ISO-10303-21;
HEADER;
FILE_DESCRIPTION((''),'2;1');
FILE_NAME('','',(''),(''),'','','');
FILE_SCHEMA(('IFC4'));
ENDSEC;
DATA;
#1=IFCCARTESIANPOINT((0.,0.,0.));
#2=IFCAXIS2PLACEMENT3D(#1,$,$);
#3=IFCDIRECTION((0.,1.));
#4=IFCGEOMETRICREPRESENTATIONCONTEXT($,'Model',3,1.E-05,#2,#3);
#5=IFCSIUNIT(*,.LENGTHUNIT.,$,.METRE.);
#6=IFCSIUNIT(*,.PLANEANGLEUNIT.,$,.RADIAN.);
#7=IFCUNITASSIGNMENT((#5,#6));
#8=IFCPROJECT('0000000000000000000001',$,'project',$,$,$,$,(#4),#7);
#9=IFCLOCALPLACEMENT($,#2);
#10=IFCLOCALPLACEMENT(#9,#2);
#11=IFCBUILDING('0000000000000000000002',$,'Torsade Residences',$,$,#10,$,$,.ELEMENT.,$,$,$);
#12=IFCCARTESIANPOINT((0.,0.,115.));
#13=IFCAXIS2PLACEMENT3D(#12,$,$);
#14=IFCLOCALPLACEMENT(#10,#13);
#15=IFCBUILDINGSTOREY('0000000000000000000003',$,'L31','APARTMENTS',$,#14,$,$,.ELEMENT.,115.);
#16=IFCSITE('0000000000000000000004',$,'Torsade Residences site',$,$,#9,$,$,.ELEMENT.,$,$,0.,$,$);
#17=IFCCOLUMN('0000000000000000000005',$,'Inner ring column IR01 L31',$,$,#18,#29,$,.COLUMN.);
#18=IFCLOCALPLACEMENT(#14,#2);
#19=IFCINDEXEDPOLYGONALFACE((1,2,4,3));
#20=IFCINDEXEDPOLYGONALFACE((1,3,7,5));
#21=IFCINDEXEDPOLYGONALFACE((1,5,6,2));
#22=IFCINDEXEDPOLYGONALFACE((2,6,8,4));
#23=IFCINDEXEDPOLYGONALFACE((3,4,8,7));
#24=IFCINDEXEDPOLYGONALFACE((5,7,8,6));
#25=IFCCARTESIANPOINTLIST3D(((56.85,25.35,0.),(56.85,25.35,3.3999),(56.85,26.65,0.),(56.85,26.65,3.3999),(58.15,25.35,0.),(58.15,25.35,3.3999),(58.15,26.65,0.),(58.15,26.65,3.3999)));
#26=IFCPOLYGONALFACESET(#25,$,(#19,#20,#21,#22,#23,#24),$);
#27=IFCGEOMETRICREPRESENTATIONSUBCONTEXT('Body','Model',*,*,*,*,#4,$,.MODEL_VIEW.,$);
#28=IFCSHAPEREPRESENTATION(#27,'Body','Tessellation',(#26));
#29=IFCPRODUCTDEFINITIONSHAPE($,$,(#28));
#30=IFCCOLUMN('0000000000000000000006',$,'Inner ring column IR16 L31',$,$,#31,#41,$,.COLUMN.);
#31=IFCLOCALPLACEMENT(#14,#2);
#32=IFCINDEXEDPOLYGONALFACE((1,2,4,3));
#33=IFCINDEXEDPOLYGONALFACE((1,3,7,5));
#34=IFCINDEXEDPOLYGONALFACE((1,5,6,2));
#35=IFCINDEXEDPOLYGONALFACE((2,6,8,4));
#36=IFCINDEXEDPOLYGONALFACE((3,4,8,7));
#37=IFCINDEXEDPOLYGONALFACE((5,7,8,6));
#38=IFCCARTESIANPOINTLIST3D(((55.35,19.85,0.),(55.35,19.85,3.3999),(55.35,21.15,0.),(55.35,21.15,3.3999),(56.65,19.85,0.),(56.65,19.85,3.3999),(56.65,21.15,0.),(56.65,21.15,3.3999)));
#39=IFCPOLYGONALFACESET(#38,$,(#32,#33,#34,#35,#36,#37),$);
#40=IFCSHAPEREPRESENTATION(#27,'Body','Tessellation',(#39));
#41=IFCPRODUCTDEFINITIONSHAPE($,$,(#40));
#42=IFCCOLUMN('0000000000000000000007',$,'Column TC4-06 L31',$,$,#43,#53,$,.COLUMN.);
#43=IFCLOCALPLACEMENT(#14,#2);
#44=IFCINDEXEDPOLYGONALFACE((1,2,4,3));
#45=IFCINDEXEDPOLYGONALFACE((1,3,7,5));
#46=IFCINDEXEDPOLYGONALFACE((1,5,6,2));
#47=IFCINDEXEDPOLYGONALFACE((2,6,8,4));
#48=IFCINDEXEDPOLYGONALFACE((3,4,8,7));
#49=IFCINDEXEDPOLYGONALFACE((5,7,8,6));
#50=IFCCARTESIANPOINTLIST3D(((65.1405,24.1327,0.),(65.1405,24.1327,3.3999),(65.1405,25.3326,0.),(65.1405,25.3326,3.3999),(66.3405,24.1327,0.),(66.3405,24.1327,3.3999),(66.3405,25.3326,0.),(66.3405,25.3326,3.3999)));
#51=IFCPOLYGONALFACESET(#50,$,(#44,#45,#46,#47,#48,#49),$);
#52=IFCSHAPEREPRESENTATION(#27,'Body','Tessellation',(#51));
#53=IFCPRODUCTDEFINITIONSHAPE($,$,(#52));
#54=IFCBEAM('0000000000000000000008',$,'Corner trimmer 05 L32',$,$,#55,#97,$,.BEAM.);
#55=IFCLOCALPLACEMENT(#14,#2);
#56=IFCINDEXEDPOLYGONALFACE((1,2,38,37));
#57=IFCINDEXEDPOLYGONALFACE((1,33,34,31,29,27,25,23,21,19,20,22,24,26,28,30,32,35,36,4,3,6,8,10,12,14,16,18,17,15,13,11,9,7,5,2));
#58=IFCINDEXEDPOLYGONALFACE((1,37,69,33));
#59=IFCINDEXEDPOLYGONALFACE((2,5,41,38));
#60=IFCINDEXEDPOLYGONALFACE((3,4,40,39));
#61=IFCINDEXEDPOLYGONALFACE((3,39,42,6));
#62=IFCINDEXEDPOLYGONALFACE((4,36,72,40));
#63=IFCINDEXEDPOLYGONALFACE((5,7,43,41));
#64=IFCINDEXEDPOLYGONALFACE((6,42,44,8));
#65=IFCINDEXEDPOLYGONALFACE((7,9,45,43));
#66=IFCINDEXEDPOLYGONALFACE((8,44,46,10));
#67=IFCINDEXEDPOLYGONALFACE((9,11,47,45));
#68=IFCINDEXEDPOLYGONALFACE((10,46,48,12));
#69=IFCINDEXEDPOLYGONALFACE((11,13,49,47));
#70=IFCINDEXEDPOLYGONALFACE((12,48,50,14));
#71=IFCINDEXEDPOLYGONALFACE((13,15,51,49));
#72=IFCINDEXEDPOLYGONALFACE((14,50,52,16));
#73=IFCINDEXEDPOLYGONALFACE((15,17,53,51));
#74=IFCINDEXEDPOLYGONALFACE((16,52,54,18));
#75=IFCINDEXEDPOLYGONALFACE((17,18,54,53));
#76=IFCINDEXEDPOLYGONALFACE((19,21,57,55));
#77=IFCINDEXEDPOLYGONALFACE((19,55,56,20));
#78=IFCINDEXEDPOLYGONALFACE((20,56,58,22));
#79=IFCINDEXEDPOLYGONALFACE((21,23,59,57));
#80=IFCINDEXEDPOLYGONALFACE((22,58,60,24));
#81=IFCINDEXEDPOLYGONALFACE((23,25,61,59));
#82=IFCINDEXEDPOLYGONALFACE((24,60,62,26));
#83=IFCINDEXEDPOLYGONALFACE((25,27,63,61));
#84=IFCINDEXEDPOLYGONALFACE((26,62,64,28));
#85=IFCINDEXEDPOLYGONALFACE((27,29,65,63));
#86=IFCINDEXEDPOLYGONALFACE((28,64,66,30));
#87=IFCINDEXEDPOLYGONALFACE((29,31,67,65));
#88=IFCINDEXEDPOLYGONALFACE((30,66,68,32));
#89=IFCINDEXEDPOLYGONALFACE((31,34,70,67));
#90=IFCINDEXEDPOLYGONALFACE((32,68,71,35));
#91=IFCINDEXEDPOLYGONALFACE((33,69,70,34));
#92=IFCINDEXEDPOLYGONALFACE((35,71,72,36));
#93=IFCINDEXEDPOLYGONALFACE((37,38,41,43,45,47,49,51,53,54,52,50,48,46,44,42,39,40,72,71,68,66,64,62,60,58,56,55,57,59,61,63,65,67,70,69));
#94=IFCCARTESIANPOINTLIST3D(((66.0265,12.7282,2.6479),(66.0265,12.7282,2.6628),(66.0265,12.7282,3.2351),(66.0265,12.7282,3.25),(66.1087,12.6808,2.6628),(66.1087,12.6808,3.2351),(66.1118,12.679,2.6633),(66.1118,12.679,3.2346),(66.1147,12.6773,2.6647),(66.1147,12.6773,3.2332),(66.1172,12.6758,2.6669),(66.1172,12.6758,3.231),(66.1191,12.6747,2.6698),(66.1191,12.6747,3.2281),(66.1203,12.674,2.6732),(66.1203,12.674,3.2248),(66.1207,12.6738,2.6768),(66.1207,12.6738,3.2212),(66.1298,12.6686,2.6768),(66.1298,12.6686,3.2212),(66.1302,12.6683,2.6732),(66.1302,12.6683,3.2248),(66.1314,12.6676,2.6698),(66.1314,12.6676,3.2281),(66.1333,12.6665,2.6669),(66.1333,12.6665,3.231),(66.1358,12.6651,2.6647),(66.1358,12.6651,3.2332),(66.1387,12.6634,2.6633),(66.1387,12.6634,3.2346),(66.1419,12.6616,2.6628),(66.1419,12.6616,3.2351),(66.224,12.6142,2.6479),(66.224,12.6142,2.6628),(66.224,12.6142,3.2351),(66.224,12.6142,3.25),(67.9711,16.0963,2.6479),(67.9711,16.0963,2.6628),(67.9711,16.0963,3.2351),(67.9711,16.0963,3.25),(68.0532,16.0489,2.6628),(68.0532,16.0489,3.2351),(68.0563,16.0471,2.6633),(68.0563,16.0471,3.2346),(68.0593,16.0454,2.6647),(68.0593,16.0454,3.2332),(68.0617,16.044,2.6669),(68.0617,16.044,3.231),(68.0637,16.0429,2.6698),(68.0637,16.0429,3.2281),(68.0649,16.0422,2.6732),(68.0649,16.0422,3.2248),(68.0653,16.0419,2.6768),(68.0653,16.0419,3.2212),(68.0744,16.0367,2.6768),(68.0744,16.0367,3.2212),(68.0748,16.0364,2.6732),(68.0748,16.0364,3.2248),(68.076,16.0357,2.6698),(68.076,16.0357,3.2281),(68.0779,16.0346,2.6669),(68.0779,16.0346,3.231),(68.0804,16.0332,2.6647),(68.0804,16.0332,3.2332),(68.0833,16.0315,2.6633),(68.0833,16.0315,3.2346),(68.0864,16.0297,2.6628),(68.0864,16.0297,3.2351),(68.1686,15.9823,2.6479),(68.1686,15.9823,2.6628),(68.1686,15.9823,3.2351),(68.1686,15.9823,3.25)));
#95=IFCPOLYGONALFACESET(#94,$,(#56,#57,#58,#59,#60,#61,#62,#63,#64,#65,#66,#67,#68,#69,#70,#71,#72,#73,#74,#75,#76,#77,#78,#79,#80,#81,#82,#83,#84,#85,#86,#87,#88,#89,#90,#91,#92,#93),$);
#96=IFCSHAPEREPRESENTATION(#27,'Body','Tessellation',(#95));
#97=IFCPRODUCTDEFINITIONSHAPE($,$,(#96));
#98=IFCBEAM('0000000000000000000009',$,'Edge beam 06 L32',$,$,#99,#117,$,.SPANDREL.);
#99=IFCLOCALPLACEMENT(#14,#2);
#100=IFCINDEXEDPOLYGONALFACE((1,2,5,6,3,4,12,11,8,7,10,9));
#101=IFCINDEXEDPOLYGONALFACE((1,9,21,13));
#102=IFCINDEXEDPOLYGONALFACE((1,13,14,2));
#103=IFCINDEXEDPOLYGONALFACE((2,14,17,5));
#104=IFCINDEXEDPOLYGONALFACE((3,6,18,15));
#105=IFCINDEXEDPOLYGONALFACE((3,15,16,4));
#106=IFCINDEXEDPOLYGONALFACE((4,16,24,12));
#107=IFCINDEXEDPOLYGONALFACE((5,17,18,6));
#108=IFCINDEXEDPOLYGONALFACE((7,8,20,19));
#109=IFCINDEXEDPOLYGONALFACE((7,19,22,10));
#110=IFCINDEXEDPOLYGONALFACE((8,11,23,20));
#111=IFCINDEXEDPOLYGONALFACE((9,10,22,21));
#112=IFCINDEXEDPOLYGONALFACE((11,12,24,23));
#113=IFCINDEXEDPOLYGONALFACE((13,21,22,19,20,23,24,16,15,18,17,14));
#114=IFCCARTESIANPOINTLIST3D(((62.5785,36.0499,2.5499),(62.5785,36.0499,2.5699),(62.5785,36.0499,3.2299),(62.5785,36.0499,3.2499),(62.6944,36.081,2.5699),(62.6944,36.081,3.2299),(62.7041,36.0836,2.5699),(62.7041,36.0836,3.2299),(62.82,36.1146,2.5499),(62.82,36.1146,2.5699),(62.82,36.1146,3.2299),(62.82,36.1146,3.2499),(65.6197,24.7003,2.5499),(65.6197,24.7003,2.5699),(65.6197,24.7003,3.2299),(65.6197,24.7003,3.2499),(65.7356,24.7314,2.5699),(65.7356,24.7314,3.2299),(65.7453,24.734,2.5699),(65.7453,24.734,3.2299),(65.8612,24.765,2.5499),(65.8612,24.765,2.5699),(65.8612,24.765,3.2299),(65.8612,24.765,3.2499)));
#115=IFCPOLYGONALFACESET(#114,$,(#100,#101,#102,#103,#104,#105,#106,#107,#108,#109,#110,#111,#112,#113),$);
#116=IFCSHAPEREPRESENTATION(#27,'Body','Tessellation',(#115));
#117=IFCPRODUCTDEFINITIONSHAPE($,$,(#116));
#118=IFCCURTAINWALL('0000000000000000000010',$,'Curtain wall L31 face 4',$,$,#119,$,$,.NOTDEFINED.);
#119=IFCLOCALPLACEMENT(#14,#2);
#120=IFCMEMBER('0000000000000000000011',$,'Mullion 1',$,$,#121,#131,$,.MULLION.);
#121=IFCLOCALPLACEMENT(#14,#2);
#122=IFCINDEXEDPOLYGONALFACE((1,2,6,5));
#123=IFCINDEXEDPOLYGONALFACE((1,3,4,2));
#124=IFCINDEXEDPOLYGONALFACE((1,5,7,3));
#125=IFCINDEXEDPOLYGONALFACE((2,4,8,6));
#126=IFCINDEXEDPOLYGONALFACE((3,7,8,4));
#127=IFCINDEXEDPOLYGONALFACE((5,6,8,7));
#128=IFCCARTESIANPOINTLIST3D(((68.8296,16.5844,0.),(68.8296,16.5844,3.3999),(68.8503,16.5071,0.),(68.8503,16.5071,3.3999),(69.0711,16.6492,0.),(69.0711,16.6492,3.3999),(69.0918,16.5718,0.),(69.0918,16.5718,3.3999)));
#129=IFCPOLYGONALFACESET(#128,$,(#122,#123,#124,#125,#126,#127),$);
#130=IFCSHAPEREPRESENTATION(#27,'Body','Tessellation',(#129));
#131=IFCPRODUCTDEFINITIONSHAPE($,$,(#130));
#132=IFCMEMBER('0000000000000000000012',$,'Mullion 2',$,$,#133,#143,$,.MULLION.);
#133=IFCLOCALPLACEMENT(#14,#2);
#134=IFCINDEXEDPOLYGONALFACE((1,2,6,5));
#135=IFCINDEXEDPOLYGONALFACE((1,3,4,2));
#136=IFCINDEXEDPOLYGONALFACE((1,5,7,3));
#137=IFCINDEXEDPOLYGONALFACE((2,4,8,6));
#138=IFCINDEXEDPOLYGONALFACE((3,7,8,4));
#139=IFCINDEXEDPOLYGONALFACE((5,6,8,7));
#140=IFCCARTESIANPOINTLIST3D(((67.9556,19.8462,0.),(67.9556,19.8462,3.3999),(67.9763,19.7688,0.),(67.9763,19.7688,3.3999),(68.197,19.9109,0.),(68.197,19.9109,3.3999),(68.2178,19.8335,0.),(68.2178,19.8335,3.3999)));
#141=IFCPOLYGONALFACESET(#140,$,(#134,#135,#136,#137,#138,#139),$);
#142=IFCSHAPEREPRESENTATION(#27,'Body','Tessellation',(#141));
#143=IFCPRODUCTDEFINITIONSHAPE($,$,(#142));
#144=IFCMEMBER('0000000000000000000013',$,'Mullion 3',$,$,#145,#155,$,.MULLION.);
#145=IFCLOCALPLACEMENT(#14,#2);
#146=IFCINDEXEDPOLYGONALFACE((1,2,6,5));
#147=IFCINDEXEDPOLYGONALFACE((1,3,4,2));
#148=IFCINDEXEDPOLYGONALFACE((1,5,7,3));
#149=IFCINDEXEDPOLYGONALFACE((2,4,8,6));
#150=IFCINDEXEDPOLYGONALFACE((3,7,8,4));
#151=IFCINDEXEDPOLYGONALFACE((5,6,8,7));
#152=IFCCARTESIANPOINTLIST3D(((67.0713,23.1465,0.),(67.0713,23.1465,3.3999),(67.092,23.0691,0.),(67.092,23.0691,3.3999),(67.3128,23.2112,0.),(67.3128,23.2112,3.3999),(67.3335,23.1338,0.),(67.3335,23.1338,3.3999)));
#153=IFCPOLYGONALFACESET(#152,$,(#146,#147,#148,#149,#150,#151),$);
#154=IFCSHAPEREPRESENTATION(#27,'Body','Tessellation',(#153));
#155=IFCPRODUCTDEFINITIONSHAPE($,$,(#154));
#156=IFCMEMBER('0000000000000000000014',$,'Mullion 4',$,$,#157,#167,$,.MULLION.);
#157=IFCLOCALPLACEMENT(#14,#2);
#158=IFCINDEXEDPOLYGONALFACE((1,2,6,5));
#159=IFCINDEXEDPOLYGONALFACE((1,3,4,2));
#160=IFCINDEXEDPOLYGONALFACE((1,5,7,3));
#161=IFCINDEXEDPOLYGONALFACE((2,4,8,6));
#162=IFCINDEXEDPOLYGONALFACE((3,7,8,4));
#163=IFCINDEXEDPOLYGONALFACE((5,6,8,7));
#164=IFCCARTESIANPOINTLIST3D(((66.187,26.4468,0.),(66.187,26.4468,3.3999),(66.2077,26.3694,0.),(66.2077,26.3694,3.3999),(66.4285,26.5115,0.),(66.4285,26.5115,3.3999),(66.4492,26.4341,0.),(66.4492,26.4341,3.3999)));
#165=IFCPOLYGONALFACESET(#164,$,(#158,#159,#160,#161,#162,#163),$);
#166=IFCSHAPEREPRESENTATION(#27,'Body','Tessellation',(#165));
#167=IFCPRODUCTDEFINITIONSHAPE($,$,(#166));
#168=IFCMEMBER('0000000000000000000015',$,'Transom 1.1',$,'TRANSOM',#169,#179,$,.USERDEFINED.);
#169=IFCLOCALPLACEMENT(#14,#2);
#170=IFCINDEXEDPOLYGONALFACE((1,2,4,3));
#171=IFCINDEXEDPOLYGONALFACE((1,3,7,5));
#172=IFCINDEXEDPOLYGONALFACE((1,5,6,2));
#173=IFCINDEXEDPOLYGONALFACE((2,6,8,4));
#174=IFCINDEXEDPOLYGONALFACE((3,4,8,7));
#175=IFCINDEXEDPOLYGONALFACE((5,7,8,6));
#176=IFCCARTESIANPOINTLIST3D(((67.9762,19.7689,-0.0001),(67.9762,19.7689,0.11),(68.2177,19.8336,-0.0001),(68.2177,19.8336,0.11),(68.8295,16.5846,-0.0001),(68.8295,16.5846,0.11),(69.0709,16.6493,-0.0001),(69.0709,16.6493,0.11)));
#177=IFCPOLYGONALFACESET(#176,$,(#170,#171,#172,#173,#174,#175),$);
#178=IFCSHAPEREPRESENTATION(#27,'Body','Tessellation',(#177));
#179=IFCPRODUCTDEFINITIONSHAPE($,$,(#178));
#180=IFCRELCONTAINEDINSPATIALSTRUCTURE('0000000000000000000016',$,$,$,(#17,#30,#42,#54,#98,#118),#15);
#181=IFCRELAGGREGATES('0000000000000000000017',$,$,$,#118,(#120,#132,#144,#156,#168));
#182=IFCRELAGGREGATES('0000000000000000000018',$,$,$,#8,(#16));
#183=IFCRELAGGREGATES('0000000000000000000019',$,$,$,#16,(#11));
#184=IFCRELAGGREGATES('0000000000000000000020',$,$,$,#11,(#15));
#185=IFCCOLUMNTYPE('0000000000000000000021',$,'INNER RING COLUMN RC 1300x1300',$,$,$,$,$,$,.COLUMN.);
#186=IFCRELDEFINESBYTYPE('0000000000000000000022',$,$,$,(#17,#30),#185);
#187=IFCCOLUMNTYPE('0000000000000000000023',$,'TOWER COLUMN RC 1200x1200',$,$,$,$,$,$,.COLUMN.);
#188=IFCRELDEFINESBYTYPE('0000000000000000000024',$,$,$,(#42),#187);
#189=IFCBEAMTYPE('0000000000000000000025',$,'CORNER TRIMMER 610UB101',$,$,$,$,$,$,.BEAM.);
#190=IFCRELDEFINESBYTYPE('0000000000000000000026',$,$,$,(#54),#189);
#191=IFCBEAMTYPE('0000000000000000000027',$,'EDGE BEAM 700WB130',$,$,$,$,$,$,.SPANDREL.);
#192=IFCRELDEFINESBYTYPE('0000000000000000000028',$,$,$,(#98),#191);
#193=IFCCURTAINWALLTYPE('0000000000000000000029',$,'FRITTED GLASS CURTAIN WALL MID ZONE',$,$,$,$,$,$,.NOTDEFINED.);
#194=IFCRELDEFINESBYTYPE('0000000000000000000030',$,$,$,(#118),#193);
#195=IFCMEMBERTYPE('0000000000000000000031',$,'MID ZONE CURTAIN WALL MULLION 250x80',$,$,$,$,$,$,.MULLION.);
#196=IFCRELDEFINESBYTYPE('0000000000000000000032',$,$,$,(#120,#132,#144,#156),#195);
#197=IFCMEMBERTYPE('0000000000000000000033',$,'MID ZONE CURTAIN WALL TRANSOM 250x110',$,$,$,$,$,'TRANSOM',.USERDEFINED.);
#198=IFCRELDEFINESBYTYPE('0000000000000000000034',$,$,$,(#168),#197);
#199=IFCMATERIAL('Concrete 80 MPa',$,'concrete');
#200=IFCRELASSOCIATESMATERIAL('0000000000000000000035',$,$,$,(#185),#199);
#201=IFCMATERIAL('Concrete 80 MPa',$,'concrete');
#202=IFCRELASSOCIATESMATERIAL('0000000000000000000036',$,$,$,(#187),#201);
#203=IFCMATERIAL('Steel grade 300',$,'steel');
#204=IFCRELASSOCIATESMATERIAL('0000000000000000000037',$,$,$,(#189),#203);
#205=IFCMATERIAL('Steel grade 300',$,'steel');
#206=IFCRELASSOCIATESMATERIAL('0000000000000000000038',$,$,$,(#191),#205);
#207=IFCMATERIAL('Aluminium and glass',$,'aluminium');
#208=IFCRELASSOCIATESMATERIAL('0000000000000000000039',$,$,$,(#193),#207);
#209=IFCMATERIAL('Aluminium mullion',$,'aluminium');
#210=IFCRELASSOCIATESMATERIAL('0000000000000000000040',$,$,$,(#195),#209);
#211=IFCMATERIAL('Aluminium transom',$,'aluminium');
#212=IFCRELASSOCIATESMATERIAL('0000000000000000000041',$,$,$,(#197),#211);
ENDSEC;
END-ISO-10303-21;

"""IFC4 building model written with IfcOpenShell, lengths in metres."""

from ifc_helpers import new_model, si_unit, direction, frame, origin, origin_2d, place, context, subcontext, project, spatial, rectangle, i_section, extrude, material, material_profile, profile_set, type_object, element, aggregate, save


model = new_model("IFC4")

# Units and contexts
model_context = context("Model", 3, precision=1e-05, world=origin(), true_north=direction((0.0, 1.0)))
body_context = subcontext(model_context, "Body", "Model", "MODEL_VIEW")
ifc_project = project(units=[si_unit("LENGTHUNIT", "METRE"), si_unit("PLANEANGLEUNIT", "RADIAN")], contexts=[model_context])

# Site, building, storey
site_placement = place(None, origin())
site = spatial("IfcSite", under=ifc_project, at=site_placement, Name="Torsade Residences site", CompositionType="ELEMENT", RefElevation=0.0)
building_placement = place(site_placement, origin())
building = spatial("IfcBuilding", under=site, at=building_placement, Name="Torsade Residences", CompositionType="ELEMENT")
storey_placement = place(building_placement, frame((0.0, 0.0, 115.0)))
storey = spatial("IfcBuildingStorey", under=building, at=storey_placement, Name="L31", Description="APARTMENTS", CompositionType="ELEMENT", Elevation=115.0)

# Columns
ifc_material_1 = material(Name="Concrete 80 MPa", Category="concrete")
ifc_material_profile_1 = material_profile(ifc_material_1, rectangle(XDim=1.3, YDim=1.3, at=origin_2d()), Name="RC 1300x1300")
ifc_profile_set_1 = profile_set([ifc_material_profile_1], Name="Concrete 80 MPa")
column_type_1 = type_object("IfcColumnType", Name="INNER RING COLUMN RC 1300x1300", PredefinedType="COLUMN", material=ifc_profile_set_1)
for number, where, z_axis, x_axis, name in (
    (1, (57.5, 26.0, 0.0), (0.0, 0.0, 1.0), (1.0, 0.0, 0.0), "Inner ring column IR01 L31"),
    (2, (56.0, 20.5, 0.0), (0.0, 0.0, 1.0), (1.0, 0.0, 0.0), "Inner ring column IR16 L31"),
):
    element("IfcColumn", number, at=place(storey_placement, frame(where, z_axis=z_axis, x_axis=x_axis)), inside=storey, type_object=column_type_1, Name=name, PredefinedType="COLUMN", context=body_context, shape_type="SweptSolid", body=[
        extrude(rectangle(XDim=1.3, YDim=1.3, at=origin_2d()), origin(), (0.0, 0.0, 1.0), 3.3999),
    ])
ifc_material_2 = material(Name="Concrete 80 MPa", Category="concrete")
ifc_material_profile_2 = material_profile(ifc_material_2, rectangle(XDim=1.2, YDim=1.2, at=origin_2d()), Name="RC 1200x1200")
ifc_profile_set_2 = profile_set([ifc_material_profile_2], Name="Concrete 80 MPa")
column_type_2 = type_object("IfcColumnType", Name="TOWER COLUMN RC 1200x1200", PredefinedType="COLUMN", material=ifc_profile_set_2)
column_placement = place(storey_placement, frame((65.7405, 24.7327, 0.0), z_axis=(0.0, 0.0, 1.0), x_axis=(1.0, 0.0, 0.0)))
element("IfcColumn", 3, at=column_placement, inside=storey, type_object=column_type_2, Name="Column TC4-06 L31", PredefinedType="COLUMN", context=body_context, shape_type="SweptSolid", body=[
    extrude(rectangle(XDim=1.2, YDim=1.2, at=origin_2d()), origin(), (0.0, 0.0, 1.0), 3.3999),
])

# Beams
ifc_material_3 = material(Name="Steel grade 300", Category="steel")
ifc_material_profile_3 = material_profile(ifc_material_3, i_section(OverallWidth=0.228, OverallDepth=0.6021, WebThickness=0.0105, FlangeThickness=0.0149, FilletRadius=0.0139, at=origin_2d()), Name="610UB101")
ifc_profile_set_3 = profile_set([ifc_material_profile_3], Name="Steel grade 300")
beam_type_1 = type_object("IfcBeamType", Name="CORNER TRIMMER 610UB101", PredefinedType="BEAM", material=ifc_profile_set_3)
beam_1_placement = place(storey_placement, frame((68.0698, 16.0393, 2.949), z_axis=(-0.499994, -0.866029, 0.0), x_axis=(0.866029, -0.499994, 0.0)))
element("IfcBeam", 4, at=beam_1_placement, inside=storey, type_object=beam_type_1, Name="Corner trimmer 05 L32", PredefinedType="BEAM", context=body_context, shape_type="SweptSolid", body=[
    extrude(i_section(OverallWidth=0.228, OverallDepth=0.6021, WebThickness=0.0105, FlangeThickness=0.0149, FilletRadius=0.0139, at=origin_2d()), origin(), (0.0, 0.0, 1.0), 3.8892),
])
ifc_material_4 = material(Name="Steel grade 300", Category="steel")
ifc_material_profile_4 = material_profile(ifc_material_4, i_section(OverallWidth=0.25, OverallDepth=0.7, WebThickness=0.01, FlangeThickness=0.02, at=origin_2d()), Name="700WB130")
ifc_profile_set_4 = profile_set([ifc_material_profile_4], Name="Steel grade 300")
beam_type_2 = type_object("IfcBeamType", Name="EDGE BEAM 700WB130", PredefinedType="SPANDREL", material=ifc_profile_set_4)
beam_2_placement = place(storey_placement, frame((65.7405, 24.7327, 2.8999), z_axis=(-0.25883, 0.965923, 0.0), x_axis=(-0.965923, -0.25883, 0.0)))
element("IfcBeam", 5, at=beam_2_placement, inside=storey, type_object=beam_type_2, Name="Edge beam 06 L32", PredefinedType="SPANDREL", context=body_context, shape_type="SweptSolid", body=[
    extrude(i_section(OverallWidth=0.25, OverallDepth=0.7, WebThickness=0.01, FlangeThickness=0.02, at=origin_2d()), origin(), (0.0, 0.0, 1.0), 11.75),
])

# Curtain wall, members
ifc_material_5 = material(Name="Aluminium and glass", Category="aluminium")
curtain_wall_type = type_object("IfcCurtainWallType", Name="FRITTED GLASS CURTAIN WALL MID ZONE", PredefinedType="NOTDEFINED", material=ifc_material_5)
curtain_wall_placement = place(storey_placement, origin())
curtain_wall = element("IfcCurtainWall", 6, at=curtain_wall_placement, inside=storey, type_object=curtain_wall_type, Name="Curtain wall L31 face 4", PredefinedType="NOTDEFINED")
ifc_material_6 = material(Name="Aluminium mullion", Category="aluminium")
ifc_material_profile_5 = material_profile(ifc_material_6, rectangle(XDim=0.25, YDim=0.0801, at=origin_2d()), Name="MID ZONE CURTAIN WALL MULLION 250x80")
ifc_profile_set_5 = profile_set([ifc_material_profile_5], Name="Aluminium mullion")
member_type_1 = type_object("IfcMemberType", Name="MID ZONE CURTAIN WALL MULLION 250x80", PredefinedType="MULLION", material=ifc_profile_set_5)
member_1_placement = place(storey_placement, frame((68.9607, 16.5781, 0.0), z_axis=(0.0, 0.0, 1.0), x_axis=(-0.965926, -0.258819, 0.0)))
member_1 = element("IfcMember", 7, at=member_1_placement, type_object=member_type_1, Name="Mullion 1", PredefinedType="MULLION", context=body_context, shape_type="SweptSolid", body=[
    extrude(rectangle(XDim=0.25, YDim=0.0801, at=origin_2d()), origin(), (0.0, 0.0, 1.0), 3.3999),
])
member_2_placement = place(storey_placement, frame((68.0867, 19.8398, 0.0), z_axis=(0.0, 0.0, 1.0), x_axis=(-0.965926, -0.258819, 0.0)))
member_2 = element("IfcMember", 8, at=member_2_placement, type_object=member_type_1, Name="Mullion 2", PredefinedType="MULLION", context=body_context, shape_type="SweptSolid", body=[
    extrude(rectangle(XDim=0.25, YDim=0.0801, at=origin_2d()), origin(), (0.0, 0.0, 1.0), 3.3999),
])
member_3_placement = place(storey_placement, frame((67.2024, 23.1401, 0.0), z_axis=(0.0, 0.0, 1.0), x_axis=(-0.965926, -0.258819, 0.0)))
member_3 = element("IfcMember", 9, at=member_3_placement, type_object=member_type_1, Name="Mullion 3", PredefinedType="MULLION", context=body_context, shape_type="SweptSolid", body=[
    extrude(rectangle(XDim=0.25, YDim=0.0801, at=origin_2d()), origin(), (0.0, 0.0, 1.0), 3.3999),
])
member_4_placement = place(storey_placement, frame((66.3181, 26.4404, 0.0), z_axis=(0.0, 0.0, 1.0), x_axis=(-0.965926, -0.258819, 0.0)))
member_4 = element("IfcMember", 10, at=member_4_placement, type_object=member_type_1, Name="Mullion 4", PredefinedType="MULLION", context=body_context, shape_type="SweptSolid", body=[
    extrude(rectangle(XDim=0.25, YDim=0.0801, at=origin_2d()), origin(), (0.0, 0.0, 1.0), 3.3999),
])
ifc_material_7 = material(Name="Aluminium transom", Category="aluminium")
ifc_material_profile_6 = material_profile(ifc_material_7, rectangle(XDim=0.25, YDim=0.1101, at=origin_2d()), Name="MID ZONE CURTAIN WALL TRANSOM 250x110")
ifc_profile_set_6 = profile_set([ifc_material_profile_6], Name="Aluminium transom")
member_type_2 = type_object("IfcMemberType", Name="MID ZONE CURTAIN WALL TRANSOM 250x110", ElementType="TRANSOM", PredefinedType="USERDEFINED", material=ifc_profile_set_6)
member_5_placement = place(storey_placement, frame((68.9502, 16.6169, 0.0549), z_axis=(-0.258829, 0.965923, 0.0), x_axis=(-0.965923, -0.258829, 0.0)))
member_5 = element("IfcMember", 11, at=member_5_placement, type_object=member_type_2, Name="Transom 1.1", ObjectType="TRANSOM", PredefinedType="USERDEFINED", context=body_context, shape_type="SweptSolid", body=[
    extrude(rectangle(XDim=0.25, YDim=0.1101, at=origin_2d()), origin(), (0.0, 0.0, 1.0), 3.2966),
])

aggregate(curtain_wall, [member_1, member_2, member_3, member_4, member_5])

save(model, "model.ifc")
